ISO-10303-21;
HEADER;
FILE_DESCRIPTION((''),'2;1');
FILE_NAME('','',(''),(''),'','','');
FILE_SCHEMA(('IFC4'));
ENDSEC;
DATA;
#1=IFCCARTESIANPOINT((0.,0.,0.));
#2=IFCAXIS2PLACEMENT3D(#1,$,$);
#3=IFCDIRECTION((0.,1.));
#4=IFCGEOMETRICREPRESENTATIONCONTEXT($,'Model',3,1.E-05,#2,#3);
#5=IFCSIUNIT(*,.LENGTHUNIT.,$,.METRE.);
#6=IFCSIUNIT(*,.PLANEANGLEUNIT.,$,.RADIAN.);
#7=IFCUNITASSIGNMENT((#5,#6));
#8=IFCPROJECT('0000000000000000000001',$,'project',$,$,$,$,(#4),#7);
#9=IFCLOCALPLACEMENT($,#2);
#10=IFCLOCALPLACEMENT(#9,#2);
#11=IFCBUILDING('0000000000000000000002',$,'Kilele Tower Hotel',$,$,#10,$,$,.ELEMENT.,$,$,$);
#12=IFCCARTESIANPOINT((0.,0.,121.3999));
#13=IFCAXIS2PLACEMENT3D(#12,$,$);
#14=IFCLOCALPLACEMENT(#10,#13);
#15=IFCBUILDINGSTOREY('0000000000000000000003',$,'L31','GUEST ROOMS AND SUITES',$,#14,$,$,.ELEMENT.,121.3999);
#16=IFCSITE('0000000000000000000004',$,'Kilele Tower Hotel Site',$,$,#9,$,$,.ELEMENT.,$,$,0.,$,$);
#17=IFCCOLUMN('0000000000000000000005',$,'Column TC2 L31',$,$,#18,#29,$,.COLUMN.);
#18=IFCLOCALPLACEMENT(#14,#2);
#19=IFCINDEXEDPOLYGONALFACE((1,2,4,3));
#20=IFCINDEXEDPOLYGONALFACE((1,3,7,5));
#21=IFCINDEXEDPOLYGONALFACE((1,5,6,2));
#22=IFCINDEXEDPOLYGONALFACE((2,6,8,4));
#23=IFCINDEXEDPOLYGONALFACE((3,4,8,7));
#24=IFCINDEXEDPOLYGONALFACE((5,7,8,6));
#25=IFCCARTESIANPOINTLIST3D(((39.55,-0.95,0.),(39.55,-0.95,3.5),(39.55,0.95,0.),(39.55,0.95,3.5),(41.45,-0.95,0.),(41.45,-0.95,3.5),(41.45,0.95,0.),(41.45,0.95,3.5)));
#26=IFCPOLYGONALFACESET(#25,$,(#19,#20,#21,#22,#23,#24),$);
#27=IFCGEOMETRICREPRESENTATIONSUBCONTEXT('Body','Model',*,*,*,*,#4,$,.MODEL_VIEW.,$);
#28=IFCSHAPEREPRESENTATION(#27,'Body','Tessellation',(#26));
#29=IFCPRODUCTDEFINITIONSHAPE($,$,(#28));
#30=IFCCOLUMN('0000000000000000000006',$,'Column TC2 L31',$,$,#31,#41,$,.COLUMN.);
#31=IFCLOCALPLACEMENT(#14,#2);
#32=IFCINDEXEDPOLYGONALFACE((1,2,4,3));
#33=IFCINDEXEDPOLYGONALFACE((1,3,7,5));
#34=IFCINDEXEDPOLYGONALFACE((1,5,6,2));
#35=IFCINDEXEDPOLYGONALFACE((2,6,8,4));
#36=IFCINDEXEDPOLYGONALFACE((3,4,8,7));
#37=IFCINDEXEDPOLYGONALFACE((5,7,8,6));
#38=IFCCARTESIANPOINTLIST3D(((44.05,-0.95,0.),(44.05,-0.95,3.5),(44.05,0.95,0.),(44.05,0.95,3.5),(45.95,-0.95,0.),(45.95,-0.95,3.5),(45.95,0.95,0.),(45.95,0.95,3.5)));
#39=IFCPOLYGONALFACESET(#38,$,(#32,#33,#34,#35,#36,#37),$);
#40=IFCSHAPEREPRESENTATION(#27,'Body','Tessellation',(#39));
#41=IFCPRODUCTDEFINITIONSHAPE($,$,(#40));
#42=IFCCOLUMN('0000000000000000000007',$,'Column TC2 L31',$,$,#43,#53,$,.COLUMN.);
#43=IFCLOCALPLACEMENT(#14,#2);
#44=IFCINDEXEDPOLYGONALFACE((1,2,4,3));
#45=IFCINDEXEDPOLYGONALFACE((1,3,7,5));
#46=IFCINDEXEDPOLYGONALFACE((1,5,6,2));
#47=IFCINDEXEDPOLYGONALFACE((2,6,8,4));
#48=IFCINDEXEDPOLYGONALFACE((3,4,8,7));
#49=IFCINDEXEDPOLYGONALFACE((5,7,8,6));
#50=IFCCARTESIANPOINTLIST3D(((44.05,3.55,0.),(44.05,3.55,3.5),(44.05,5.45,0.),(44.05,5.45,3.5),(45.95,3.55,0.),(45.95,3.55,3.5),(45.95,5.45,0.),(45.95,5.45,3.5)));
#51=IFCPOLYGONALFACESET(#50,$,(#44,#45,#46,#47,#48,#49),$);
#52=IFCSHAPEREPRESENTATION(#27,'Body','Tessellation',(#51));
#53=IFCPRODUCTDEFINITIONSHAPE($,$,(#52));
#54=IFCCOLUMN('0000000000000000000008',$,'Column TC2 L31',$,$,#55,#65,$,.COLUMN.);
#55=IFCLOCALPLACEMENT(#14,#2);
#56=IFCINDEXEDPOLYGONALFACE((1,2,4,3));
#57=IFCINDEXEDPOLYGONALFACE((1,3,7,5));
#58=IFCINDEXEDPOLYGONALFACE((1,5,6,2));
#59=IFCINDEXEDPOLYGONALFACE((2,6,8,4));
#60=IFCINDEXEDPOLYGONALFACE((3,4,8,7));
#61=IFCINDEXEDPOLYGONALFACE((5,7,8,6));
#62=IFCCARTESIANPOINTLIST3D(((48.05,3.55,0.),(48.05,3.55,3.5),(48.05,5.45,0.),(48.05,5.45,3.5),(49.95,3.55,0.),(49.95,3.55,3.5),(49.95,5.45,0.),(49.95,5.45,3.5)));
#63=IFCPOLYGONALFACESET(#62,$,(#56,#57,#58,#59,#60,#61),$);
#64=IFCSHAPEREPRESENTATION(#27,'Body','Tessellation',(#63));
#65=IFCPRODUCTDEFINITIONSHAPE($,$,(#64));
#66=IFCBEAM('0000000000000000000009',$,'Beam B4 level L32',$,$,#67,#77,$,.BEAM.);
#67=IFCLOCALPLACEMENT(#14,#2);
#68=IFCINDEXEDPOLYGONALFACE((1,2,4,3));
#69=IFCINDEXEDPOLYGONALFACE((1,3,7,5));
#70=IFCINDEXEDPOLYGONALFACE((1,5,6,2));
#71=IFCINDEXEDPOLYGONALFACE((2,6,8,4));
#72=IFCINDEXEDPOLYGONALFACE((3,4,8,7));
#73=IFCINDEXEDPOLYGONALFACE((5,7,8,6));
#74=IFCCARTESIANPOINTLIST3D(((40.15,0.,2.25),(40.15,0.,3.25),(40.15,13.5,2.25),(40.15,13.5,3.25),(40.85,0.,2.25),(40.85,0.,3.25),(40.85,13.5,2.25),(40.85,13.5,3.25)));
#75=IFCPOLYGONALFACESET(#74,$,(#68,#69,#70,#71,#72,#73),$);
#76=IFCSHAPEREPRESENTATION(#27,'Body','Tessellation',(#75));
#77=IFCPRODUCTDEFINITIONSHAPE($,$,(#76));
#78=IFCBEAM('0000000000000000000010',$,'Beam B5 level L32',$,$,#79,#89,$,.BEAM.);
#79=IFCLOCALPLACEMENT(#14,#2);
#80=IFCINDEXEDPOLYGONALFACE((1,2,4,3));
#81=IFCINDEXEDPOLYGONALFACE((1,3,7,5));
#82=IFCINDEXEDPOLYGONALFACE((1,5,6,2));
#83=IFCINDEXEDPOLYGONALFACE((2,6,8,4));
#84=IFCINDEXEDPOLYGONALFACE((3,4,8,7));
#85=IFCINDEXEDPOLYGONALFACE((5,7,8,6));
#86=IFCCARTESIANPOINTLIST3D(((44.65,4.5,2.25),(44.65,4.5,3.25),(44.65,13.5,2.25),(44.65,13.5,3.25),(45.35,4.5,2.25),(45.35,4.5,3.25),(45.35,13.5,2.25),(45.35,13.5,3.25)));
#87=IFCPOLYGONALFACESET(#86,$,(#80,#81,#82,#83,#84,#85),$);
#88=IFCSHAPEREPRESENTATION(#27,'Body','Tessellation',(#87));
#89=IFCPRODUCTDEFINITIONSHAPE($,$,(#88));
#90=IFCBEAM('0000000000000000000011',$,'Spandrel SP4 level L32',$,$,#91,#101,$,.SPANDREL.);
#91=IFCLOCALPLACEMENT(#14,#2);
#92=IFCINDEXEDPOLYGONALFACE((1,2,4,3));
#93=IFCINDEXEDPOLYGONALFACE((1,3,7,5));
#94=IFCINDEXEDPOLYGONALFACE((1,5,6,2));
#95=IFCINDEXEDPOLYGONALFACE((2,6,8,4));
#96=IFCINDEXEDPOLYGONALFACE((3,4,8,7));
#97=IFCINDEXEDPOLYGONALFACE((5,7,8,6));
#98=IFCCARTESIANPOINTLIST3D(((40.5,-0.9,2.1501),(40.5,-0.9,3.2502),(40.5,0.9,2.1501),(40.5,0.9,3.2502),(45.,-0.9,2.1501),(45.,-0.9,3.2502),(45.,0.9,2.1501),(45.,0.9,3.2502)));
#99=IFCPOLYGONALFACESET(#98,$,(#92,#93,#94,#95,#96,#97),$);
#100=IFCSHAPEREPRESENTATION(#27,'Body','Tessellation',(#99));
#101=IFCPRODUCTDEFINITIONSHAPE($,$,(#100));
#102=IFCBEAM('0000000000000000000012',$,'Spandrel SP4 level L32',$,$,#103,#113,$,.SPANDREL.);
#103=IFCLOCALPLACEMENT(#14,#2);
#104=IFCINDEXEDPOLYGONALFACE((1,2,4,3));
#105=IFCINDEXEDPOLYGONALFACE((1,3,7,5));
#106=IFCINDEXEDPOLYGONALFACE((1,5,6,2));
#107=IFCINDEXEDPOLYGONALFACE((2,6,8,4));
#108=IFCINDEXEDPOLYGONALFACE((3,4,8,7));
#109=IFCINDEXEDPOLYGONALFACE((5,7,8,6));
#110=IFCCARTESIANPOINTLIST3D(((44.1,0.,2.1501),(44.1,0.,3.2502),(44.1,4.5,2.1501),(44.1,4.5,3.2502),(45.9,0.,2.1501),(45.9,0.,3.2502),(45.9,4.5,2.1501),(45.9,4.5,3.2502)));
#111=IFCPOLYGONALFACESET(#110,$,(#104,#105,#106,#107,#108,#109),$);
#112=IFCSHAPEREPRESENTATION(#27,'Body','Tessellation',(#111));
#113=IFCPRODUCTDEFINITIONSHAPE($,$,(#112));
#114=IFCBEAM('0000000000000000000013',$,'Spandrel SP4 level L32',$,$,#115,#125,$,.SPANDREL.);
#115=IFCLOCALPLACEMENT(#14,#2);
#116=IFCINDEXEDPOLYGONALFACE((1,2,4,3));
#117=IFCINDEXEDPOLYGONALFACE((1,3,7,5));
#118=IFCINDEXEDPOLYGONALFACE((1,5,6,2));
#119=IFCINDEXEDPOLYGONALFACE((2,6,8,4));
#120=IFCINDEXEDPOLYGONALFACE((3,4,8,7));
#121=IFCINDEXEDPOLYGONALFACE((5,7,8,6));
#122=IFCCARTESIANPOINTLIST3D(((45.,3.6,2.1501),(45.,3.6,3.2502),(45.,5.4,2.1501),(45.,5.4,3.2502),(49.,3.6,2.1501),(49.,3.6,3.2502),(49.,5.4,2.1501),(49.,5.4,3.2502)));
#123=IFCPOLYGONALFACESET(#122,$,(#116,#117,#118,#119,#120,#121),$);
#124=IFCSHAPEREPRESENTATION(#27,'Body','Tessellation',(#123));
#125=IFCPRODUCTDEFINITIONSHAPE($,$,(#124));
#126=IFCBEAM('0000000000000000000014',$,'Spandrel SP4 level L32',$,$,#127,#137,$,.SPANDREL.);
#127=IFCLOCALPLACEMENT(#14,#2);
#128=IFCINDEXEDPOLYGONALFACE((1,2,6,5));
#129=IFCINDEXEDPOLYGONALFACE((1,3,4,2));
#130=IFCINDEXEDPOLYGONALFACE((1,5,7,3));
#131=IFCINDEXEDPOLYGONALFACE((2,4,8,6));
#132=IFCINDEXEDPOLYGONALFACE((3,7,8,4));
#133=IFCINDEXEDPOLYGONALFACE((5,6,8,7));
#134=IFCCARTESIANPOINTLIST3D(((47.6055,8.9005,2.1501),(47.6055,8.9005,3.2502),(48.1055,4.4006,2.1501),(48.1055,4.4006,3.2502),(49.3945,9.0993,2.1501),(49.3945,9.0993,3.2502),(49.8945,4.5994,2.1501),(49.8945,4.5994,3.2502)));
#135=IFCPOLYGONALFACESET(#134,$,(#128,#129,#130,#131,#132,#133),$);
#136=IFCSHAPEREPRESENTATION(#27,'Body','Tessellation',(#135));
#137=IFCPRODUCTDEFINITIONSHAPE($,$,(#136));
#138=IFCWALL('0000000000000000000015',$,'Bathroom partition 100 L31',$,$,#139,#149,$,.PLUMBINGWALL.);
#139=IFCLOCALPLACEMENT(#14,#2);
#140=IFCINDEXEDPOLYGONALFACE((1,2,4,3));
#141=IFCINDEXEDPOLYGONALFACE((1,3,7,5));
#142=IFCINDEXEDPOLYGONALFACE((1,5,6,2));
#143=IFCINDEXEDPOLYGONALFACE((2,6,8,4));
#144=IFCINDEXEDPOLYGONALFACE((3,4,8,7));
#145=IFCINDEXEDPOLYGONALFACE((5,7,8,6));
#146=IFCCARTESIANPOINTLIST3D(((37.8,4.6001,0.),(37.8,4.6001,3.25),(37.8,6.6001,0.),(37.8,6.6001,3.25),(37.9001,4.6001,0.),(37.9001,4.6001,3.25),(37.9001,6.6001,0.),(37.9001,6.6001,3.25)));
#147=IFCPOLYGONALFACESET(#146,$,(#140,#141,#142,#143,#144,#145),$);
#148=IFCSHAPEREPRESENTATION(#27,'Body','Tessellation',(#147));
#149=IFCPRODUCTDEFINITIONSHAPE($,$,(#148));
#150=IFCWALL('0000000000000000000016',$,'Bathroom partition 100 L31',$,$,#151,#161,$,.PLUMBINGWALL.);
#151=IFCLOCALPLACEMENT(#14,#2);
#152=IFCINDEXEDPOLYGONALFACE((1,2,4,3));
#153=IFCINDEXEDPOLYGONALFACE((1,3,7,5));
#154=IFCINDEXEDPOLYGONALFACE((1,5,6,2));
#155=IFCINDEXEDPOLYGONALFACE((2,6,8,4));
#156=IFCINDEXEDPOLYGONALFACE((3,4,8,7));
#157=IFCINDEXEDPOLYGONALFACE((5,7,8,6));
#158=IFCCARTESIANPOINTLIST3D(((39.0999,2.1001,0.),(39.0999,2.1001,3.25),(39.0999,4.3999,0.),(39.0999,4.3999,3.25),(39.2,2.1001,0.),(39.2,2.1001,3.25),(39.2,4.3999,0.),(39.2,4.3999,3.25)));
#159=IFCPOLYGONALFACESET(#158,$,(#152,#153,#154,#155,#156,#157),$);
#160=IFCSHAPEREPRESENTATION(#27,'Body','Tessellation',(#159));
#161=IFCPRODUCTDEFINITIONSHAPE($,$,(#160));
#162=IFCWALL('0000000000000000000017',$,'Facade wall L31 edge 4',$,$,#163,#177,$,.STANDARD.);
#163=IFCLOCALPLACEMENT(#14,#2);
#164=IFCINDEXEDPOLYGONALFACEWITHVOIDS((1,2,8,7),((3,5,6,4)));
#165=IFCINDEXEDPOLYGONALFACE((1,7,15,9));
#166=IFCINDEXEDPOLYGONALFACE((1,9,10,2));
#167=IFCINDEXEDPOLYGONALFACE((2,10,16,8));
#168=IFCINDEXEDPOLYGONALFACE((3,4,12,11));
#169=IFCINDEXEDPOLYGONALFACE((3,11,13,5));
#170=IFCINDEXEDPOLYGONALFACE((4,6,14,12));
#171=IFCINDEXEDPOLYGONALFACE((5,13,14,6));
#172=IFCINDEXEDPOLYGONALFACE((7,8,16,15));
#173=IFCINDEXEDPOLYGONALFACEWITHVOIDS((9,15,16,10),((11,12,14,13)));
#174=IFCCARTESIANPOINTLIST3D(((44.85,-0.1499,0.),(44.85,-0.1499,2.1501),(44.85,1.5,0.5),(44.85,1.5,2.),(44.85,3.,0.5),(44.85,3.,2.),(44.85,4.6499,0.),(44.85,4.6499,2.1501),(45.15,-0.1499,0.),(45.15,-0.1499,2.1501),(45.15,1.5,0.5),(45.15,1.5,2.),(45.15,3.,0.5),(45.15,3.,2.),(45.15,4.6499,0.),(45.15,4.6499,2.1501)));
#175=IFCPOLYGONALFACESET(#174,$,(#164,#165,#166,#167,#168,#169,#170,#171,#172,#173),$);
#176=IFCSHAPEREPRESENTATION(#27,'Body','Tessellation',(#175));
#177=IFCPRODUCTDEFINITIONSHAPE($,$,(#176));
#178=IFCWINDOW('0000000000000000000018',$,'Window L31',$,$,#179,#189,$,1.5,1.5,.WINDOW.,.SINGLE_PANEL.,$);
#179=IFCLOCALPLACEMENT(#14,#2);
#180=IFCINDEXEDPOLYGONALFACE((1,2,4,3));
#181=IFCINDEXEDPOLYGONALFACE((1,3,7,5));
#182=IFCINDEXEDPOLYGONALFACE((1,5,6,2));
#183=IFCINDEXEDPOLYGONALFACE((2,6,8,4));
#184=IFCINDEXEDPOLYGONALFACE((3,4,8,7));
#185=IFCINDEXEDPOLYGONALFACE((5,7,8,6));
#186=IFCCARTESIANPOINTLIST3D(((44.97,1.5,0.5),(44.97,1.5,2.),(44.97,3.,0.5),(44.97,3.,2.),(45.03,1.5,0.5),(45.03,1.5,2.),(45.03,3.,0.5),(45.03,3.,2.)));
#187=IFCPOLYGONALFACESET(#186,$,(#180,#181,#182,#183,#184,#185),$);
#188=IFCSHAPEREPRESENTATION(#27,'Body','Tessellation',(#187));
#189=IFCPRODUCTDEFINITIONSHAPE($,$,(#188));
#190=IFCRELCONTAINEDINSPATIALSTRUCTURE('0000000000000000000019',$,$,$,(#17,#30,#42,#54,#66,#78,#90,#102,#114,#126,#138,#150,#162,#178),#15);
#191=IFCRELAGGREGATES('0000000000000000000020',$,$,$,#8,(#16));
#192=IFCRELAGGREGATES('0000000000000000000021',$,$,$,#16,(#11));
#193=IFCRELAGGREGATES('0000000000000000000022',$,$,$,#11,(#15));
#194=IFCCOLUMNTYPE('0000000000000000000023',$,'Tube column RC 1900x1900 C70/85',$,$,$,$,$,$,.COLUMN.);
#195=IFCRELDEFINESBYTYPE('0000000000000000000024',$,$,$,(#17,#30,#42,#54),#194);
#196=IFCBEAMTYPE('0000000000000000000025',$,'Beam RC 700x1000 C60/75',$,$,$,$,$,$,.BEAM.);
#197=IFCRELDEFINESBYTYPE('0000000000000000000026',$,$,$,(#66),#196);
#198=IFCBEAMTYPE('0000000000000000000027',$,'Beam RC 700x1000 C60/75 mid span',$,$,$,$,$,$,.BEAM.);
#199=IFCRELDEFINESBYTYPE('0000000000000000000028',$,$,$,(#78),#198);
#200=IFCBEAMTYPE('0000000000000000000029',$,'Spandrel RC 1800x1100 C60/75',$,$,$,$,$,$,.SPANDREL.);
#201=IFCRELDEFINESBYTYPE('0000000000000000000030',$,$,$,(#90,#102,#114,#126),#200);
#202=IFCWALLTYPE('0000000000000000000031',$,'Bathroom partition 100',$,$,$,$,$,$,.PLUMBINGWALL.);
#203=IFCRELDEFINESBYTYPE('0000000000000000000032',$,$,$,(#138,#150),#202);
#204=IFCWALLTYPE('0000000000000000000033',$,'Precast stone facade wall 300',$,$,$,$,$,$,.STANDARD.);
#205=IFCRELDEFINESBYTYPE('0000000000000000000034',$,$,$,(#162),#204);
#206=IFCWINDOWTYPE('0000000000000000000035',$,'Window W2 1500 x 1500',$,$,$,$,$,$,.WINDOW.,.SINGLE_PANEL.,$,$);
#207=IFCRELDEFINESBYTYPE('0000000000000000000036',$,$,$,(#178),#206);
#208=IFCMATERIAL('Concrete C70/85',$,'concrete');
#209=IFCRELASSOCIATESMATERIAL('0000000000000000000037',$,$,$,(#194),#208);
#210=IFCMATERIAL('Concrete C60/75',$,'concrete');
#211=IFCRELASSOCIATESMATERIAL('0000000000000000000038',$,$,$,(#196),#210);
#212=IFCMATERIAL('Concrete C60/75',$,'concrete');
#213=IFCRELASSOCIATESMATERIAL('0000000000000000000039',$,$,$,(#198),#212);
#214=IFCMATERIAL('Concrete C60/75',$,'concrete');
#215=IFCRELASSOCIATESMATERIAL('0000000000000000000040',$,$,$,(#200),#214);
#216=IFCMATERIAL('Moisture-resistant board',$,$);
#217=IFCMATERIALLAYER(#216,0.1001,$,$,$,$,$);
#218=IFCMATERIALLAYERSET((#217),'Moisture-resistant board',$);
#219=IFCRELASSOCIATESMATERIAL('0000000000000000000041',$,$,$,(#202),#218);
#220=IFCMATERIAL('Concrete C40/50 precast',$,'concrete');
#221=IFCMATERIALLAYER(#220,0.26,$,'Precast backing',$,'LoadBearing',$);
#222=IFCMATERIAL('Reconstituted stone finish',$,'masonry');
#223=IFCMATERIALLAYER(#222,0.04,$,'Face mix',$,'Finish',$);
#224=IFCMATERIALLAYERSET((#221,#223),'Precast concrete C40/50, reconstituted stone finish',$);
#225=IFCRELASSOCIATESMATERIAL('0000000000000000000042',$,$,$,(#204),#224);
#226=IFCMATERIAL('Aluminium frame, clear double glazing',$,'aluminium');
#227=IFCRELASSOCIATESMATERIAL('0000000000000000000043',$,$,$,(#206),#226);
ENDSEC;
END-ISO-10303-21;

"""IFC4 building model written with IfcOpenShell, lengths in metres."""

from ifc_helpers import new_model, si_unit, direction, frame, frame_2d, origin, origin_2d, place, context, subcontext, project, spatial, rectangle, extrude, material, layer, layer_set, material_profile, profile_set, type_object, element, fill, save


model = new_model("IFC4")

# Units and contexts
model_context = context("Model", 3, precision=1e-05, world=origin(), true_north=direction((0.0, 1.0)))
body_context = subcontext(model_context, "Body", "Model", "MODEL_VIEW")
ifc_project = project(units=[si_unit("LENGTHUNIT", "METRE"), si_unit("PLANEANGLEUNIT", "RADIAN")], contexts=[model_context])

# Site, building, storey
site_placement = place(None, origin())
site = spatial("IfcSite", under=ifc_project, at=site_placement, Name="Kilele Tower Hotel Site", CompositionType="ELEMENT", RefElevation=0.0)
building_placement = place(site_placement, origin())
building = spatial("IfcBuilding", under=site, at=building_placement, Name="Kilele Tower Hotel", CompositionType="ELEMENT")
storey_placement = place(building_placement, frame((0.0, 0.0, 121.3999)))
storey = spatial("IfcBuildingStorey", under=building, at=storey_placement, Name="L31", Description="GUEST ROOMS AND SUITES", CompositionType="ELEMENT", Elevation=121.3999)

# Columns
ifc_material_1 = material(Name="Concrete C70/85", Category="concrete")
ifc_material_profile_1 = material_profile(ifc_material_1, rectangle(XDim=1.8999, YDim=1.8999, at=origin_2d()))
ifc_profile_set_1 = profile_set([ifc_material_profile_1], Name="Concrete C70/85")
column_type = type_object("IfcColumnType", Name="Tube column RC 1900x1900 C70/85", PredefinedType="COLUMN", material=ifc_profile_set_1)
for number, where, z_axis, x_axis, name in (
    (1, (40.5, 0.0, 0.0), (0.0, 0.0, 1.0), (1.0, 0.0, 0.0), "Column TC2 L31"),
    (2, (45.0, 0.0, 0.0), (0.0, 0.0, 1.0), (1.0, 0.0, 0.0), "Column TC2 L31"),
    (3, (45.0, 4.5, 0.0), (0.0, 0.0, 1.0), (1.0, 0.0, 0.0), "Column TC2 L31"),
    (4, (49.0, 4.5, 0.0), (0.0, 0.0, 1.0), (1.0, 0.0, 0.0), "Column TC2 L31"),
):
    element("IfcColumn", number, at=place(storey_placement, frame(where, z_axis=z_axis, x_axis=x_axis)), inside=storey, type_object=column_type, Name=name, PredefinedType="COLUMN", context=body_context, shape_type="SweptSolid", body=[
        extrude(rectangle(XDim=1.8999, YDim=1.8999, at=origin_2d()), origin(), (0.0, 0.0, 1.0), 3.5),
    ])

# Beams
ifc_material_2 = material(Name="Concrete C60/75", Category="concrete")
ifc_material_profile_2 = material_profile(ifc_material_2, rectangle(XDim=0.7, YDim=1.0, at=origin_2d()))
ifc_profile_set_2 = profile_set([ifc_material_profile_2], Name="Concrete C60/75")
beam_type_1 = type_object("IfcBeamType", Name="Beam RC 700x1000 C60/75", PredefinedType="BEAM", material=ifc_profile_set_2)
beam_1_placement = place(storey_placement, frame((40.5, 0.0, 2.75), z_axis=(0.0, 1.0, 0.0), x_axis=(-1.0, 0.0, 0.0)))
element("IfcBeam", 5, at=beam_1_placement, inside=storey, type_object=beam_type_1, Name="Beam B4 level L32", PredefinedType="BEAM", context=body_context, shape_type="SweptSolid", body=[
    extrude(rectangle(XDim=0.7, YDim=1.0, at=origin_2d()), origin(), (0.0, 0.0, 1.0), 13.5),
])
ifc_material_3 = material(Name="Concrete C60/75", Category="concrete")
ifc_material_profile_3 = material_profile(ifc_material_3, rectangle(XDim=0.7, YDim=1.0, at=origin_2d()))
ifc_profile_set_3 = profile_set([ifc_material_profile_3], Name="Concrete C60/75")
beam_type_2 = type_object("IfcBeamType", Name="Beam RC 700x1000 C60/75 mid span", PredefinedType="BEAM", material=ifc_profile_set_3)
beam_2_placement = place(storey_placement, frame((45.0, 4.5, 2.75), z_axis=(0.0, 1.0, 0.0), x_axis=(-1.0, 0.0, 0.0)))
element("IfcBeam", 6, at=beam_2_placement, inside=storey, type_object=beam_type_2, Name="Beam B5 level L32", PredefinedType="BEAM", context=body_context, shape_type="SweptSolid", body=[
    extrude(rectangle(XDim=0.7, YDim=1.0, at=origin_2d()), origin(), (0.0, 0.0, 1.0), 9.0),
])
ifc_material_4 = material(Name="Concrete C60/75", Category="concrete")
ifc_material_profile_4 = material_profile(ifc_material_4, rectangle(XDim=1.8, YDim=1.1001, at=origin_2d()))
ifc_profile_set_4 = profile_set([ifc_material_profile_4], Name="Concrete C60/75")
beam_type_3 = type_object("IfcBeamType", Name="Spandrel RC 1800x1100 C60/75", PredefinedType="SPANDREL", material=ifc_profile_set_4)
for number, where, z_axis, x_axis, name in (
    (7, (40.5, 0.0, 2.7002), (1.0, 0.0, 0.0), (0.0, 1.0, 0.0), "Spandrel SP4 level L32"),
    (8, (45.0, 0.0, 2.7002), (0.0, 1.0, 0.0), (-1.0, 0.0, 0.0), "Spandrel SP4 level L32"),
):
    element("IfcBeam", number, at=place(storey_placement, frame(where, z_axis=z_axis, x_axis=x_axis)), inside=storey, type_object=beam_type_3, Name=name, PredefinedType="SPANDREL", context=body_context, shape_type="SweptSolid", body=[
        extrude(rectangle(XDim=1.8, YDim=1.1001, at=origin_2d()), origin(), (0.0, 0.0, 1.0), 4.5),
    ])
beam_3_placement = place(storey_placement, frame((45.0, 4.5, 2.7002), z_axis=(1.0, 0.0, 0.0), x_axis=(0.0, 1.0, 0.0)))
element("IfcBeam", 9, at=beam_3_placement, inside=storey, type_object=beam_type_3, Name="Spandrel SP4 level L32", PredefinedType="SPANDREL", context=body_context, shape_type="SweptSolid", body=[
    extrude(rectangle(XDim=1.8, YDim=1.1001, at=origin_2d()), origin(), (0.0, 0.0, 1.0), 4.0),
])
beam_4_placement = place(storey_placement, frame((49.0, 4.5, 2.7002), z_axis=(-0.110432, 0.993884, 0.0), x_axis=(-0.993884, -0.110432, 0.0)))
element("IfcBeam", 10, at=beam_4_placement, inside=storey, type_object=beam_type_3, Name="Spandrel SP4 level L32", PredefinedType="SPANDREL", context=body_context, shape_type="SweptSolid", body=[
    extrude(rectangle(XDim=1.8, YDim=1.1001, at=origin_2d()), origin(), (0.0, 0.0, 1.0), 4.5276),
])

# Walls
ifc_material_5 = material(Name="Moisture-resistant board")
ifc_layer_1 = layer(ifc_material_5, 0.1001)
ifc_layer_set_1 = layer_set([ifc_layer_1], Name="Moisture-resistant board")
wall_type_1 = type_object("IfcWallType", Name="Bathroom partition 100", PredefinedType="PLUMBINGWALL", material=ifc_layer_set_1)
wall_1_placement = place(storey_placement, frame((37.8501, 4.6001, 0.0), z_axis=(0.0, 0.0, 1.0), x_axis=(0.0, 1.0, 0.0)))
element("IfcWall", 11, at=wall_1_placement, inside=storey, type_object=wall_type_1, Name="Bathroom partition 100 L31", PredefinedType="PLUMBINGWALL", context=body_context, shape_type="SweptSolid", body=[
    extrude(rectangle(XDim=2.0, YDim=0.1001, at=frame_2d((1.0, 0.0))), origin(), (0.0, 0.0, 1.0), 3.25),
])
wall_2_placement = place(storey_placement, frame((39.1499, 4.3999, 0.0), z_axis=(0.0, 0.0, 1.0), x_axis=(0.0, -1.0, 0.0)))
element("IfcWall", 12, at=wall_2_placement, inside=storey, type_object=wall_type_1, Name="Bathroom partition 100 L31", PredefinedType="PLUMBINGWALL", context=body_context, shape_type="SweptSolid", body=[
    extrude(rectangle(XDim=2.2998, YDim=0.1001, at=frame_2d((1.1499, 0.0))), origin(), (0.0, 0.0, 1.0), 3.25),
])

# Wall, opening, window
ifc_material_6 = material(Name="Concrete C40/50 precast", Category="concrete")
ifc_layer_2 = layer(ifc_material_6, 0.26, Name="Precast backing", Category="LoadBearing")
ifc_material_7 = material(Name="Reconstituted stone finish", Category="masonry")
ifc_layer_3 = layer(ifc_material_7, 0.04, Name="Face mix", Category="Finish")
ifc_layer_set_2 = layer_set([ifc_layer_2, ifc_layer_3], Name="Precast concrete C40/50, reconstituted stone finish")
wall_type_2 = type_object("IfcWallType", Name="Precast stone facade wall 300", PredefinedType="STANDARD", material=ifc_layer_set_2)
wall_3_placement = place(storey_placement, frame((45.0, -0.1499, 0.0), z_axis=(0.0, 0.0, 1.0), x_axis=(0.0, 1.0, 0.0)))
wall_3 = element("IfcWall", 13, at=wall_3_placement, inside=storey, type_object=wall_type_2, Name="Facade wall L31 edge 4", PredefinedType="STANDARD", context=body_context, shape_type="SweptSolid", body=[
    extrude(rectangle(XDim=4.7998, YDim=0.3, at=frame_2d((2.3999, 0.0))), origin(), (0.0, 0.0, 1.0), 2.1501),
])
opening_1_placement = place(wall_3_placement, frame((1.6499, 0.0, 0.5)))
opening_1 = element("IfcOpeningElement", 14, at=opening_1_placement, cuts=wall_3, PredefinedType="OPENING", context=body_context, shape_type="SweptSolid", body=[
    extrude(rectangle(XDim=1.5, YDim=1.5, at=frame_2d((0.75, 0.75))), frame((0.0, 0.1599, 0.0), z_axis=(0.0, -1.0, 0.0), x_axis=(1.0, 0.0, 0.0)), (0.0, 0.0, 1.0), 0.3201),
])
ifc_material_8 = material(Name="Aluminium frame, clear double glazing", Category="aluminium")
window_type = type_object("IfcWindowType", Name="Window W2 1500 x 1500", PartitioningType="SINGLE_PANEL", PredefinedType="WINDOW", material=ifc_material_8)
window_1_placement = place(opening_1_placement, origin())
window_1 = element("IfcWindow", 15, at=window_1_placement, inside=storey, type_object=window_type, Name="Window L31", OverallHeight=1.5, OverallWidth=1.5, PartitioningType="SINGLE_PANEL", PredefinedType="WINDOW", context=body_context, shape_type="SweptSolid", body=[
    extrude(rectangle(XDim=1.5, YDim=1.5, at=frame_2d((0.75, 0.75))), frame((0.0, 0.03, 0.0), z_axis=(0.0, -1.0, 0.0), x_axis=(1.0, 0.0, 0.0)), (0.0, 0.0, 1.0), 0.0601),
])
fill(opening_1, window_1)

save(model, "model.ifc")
